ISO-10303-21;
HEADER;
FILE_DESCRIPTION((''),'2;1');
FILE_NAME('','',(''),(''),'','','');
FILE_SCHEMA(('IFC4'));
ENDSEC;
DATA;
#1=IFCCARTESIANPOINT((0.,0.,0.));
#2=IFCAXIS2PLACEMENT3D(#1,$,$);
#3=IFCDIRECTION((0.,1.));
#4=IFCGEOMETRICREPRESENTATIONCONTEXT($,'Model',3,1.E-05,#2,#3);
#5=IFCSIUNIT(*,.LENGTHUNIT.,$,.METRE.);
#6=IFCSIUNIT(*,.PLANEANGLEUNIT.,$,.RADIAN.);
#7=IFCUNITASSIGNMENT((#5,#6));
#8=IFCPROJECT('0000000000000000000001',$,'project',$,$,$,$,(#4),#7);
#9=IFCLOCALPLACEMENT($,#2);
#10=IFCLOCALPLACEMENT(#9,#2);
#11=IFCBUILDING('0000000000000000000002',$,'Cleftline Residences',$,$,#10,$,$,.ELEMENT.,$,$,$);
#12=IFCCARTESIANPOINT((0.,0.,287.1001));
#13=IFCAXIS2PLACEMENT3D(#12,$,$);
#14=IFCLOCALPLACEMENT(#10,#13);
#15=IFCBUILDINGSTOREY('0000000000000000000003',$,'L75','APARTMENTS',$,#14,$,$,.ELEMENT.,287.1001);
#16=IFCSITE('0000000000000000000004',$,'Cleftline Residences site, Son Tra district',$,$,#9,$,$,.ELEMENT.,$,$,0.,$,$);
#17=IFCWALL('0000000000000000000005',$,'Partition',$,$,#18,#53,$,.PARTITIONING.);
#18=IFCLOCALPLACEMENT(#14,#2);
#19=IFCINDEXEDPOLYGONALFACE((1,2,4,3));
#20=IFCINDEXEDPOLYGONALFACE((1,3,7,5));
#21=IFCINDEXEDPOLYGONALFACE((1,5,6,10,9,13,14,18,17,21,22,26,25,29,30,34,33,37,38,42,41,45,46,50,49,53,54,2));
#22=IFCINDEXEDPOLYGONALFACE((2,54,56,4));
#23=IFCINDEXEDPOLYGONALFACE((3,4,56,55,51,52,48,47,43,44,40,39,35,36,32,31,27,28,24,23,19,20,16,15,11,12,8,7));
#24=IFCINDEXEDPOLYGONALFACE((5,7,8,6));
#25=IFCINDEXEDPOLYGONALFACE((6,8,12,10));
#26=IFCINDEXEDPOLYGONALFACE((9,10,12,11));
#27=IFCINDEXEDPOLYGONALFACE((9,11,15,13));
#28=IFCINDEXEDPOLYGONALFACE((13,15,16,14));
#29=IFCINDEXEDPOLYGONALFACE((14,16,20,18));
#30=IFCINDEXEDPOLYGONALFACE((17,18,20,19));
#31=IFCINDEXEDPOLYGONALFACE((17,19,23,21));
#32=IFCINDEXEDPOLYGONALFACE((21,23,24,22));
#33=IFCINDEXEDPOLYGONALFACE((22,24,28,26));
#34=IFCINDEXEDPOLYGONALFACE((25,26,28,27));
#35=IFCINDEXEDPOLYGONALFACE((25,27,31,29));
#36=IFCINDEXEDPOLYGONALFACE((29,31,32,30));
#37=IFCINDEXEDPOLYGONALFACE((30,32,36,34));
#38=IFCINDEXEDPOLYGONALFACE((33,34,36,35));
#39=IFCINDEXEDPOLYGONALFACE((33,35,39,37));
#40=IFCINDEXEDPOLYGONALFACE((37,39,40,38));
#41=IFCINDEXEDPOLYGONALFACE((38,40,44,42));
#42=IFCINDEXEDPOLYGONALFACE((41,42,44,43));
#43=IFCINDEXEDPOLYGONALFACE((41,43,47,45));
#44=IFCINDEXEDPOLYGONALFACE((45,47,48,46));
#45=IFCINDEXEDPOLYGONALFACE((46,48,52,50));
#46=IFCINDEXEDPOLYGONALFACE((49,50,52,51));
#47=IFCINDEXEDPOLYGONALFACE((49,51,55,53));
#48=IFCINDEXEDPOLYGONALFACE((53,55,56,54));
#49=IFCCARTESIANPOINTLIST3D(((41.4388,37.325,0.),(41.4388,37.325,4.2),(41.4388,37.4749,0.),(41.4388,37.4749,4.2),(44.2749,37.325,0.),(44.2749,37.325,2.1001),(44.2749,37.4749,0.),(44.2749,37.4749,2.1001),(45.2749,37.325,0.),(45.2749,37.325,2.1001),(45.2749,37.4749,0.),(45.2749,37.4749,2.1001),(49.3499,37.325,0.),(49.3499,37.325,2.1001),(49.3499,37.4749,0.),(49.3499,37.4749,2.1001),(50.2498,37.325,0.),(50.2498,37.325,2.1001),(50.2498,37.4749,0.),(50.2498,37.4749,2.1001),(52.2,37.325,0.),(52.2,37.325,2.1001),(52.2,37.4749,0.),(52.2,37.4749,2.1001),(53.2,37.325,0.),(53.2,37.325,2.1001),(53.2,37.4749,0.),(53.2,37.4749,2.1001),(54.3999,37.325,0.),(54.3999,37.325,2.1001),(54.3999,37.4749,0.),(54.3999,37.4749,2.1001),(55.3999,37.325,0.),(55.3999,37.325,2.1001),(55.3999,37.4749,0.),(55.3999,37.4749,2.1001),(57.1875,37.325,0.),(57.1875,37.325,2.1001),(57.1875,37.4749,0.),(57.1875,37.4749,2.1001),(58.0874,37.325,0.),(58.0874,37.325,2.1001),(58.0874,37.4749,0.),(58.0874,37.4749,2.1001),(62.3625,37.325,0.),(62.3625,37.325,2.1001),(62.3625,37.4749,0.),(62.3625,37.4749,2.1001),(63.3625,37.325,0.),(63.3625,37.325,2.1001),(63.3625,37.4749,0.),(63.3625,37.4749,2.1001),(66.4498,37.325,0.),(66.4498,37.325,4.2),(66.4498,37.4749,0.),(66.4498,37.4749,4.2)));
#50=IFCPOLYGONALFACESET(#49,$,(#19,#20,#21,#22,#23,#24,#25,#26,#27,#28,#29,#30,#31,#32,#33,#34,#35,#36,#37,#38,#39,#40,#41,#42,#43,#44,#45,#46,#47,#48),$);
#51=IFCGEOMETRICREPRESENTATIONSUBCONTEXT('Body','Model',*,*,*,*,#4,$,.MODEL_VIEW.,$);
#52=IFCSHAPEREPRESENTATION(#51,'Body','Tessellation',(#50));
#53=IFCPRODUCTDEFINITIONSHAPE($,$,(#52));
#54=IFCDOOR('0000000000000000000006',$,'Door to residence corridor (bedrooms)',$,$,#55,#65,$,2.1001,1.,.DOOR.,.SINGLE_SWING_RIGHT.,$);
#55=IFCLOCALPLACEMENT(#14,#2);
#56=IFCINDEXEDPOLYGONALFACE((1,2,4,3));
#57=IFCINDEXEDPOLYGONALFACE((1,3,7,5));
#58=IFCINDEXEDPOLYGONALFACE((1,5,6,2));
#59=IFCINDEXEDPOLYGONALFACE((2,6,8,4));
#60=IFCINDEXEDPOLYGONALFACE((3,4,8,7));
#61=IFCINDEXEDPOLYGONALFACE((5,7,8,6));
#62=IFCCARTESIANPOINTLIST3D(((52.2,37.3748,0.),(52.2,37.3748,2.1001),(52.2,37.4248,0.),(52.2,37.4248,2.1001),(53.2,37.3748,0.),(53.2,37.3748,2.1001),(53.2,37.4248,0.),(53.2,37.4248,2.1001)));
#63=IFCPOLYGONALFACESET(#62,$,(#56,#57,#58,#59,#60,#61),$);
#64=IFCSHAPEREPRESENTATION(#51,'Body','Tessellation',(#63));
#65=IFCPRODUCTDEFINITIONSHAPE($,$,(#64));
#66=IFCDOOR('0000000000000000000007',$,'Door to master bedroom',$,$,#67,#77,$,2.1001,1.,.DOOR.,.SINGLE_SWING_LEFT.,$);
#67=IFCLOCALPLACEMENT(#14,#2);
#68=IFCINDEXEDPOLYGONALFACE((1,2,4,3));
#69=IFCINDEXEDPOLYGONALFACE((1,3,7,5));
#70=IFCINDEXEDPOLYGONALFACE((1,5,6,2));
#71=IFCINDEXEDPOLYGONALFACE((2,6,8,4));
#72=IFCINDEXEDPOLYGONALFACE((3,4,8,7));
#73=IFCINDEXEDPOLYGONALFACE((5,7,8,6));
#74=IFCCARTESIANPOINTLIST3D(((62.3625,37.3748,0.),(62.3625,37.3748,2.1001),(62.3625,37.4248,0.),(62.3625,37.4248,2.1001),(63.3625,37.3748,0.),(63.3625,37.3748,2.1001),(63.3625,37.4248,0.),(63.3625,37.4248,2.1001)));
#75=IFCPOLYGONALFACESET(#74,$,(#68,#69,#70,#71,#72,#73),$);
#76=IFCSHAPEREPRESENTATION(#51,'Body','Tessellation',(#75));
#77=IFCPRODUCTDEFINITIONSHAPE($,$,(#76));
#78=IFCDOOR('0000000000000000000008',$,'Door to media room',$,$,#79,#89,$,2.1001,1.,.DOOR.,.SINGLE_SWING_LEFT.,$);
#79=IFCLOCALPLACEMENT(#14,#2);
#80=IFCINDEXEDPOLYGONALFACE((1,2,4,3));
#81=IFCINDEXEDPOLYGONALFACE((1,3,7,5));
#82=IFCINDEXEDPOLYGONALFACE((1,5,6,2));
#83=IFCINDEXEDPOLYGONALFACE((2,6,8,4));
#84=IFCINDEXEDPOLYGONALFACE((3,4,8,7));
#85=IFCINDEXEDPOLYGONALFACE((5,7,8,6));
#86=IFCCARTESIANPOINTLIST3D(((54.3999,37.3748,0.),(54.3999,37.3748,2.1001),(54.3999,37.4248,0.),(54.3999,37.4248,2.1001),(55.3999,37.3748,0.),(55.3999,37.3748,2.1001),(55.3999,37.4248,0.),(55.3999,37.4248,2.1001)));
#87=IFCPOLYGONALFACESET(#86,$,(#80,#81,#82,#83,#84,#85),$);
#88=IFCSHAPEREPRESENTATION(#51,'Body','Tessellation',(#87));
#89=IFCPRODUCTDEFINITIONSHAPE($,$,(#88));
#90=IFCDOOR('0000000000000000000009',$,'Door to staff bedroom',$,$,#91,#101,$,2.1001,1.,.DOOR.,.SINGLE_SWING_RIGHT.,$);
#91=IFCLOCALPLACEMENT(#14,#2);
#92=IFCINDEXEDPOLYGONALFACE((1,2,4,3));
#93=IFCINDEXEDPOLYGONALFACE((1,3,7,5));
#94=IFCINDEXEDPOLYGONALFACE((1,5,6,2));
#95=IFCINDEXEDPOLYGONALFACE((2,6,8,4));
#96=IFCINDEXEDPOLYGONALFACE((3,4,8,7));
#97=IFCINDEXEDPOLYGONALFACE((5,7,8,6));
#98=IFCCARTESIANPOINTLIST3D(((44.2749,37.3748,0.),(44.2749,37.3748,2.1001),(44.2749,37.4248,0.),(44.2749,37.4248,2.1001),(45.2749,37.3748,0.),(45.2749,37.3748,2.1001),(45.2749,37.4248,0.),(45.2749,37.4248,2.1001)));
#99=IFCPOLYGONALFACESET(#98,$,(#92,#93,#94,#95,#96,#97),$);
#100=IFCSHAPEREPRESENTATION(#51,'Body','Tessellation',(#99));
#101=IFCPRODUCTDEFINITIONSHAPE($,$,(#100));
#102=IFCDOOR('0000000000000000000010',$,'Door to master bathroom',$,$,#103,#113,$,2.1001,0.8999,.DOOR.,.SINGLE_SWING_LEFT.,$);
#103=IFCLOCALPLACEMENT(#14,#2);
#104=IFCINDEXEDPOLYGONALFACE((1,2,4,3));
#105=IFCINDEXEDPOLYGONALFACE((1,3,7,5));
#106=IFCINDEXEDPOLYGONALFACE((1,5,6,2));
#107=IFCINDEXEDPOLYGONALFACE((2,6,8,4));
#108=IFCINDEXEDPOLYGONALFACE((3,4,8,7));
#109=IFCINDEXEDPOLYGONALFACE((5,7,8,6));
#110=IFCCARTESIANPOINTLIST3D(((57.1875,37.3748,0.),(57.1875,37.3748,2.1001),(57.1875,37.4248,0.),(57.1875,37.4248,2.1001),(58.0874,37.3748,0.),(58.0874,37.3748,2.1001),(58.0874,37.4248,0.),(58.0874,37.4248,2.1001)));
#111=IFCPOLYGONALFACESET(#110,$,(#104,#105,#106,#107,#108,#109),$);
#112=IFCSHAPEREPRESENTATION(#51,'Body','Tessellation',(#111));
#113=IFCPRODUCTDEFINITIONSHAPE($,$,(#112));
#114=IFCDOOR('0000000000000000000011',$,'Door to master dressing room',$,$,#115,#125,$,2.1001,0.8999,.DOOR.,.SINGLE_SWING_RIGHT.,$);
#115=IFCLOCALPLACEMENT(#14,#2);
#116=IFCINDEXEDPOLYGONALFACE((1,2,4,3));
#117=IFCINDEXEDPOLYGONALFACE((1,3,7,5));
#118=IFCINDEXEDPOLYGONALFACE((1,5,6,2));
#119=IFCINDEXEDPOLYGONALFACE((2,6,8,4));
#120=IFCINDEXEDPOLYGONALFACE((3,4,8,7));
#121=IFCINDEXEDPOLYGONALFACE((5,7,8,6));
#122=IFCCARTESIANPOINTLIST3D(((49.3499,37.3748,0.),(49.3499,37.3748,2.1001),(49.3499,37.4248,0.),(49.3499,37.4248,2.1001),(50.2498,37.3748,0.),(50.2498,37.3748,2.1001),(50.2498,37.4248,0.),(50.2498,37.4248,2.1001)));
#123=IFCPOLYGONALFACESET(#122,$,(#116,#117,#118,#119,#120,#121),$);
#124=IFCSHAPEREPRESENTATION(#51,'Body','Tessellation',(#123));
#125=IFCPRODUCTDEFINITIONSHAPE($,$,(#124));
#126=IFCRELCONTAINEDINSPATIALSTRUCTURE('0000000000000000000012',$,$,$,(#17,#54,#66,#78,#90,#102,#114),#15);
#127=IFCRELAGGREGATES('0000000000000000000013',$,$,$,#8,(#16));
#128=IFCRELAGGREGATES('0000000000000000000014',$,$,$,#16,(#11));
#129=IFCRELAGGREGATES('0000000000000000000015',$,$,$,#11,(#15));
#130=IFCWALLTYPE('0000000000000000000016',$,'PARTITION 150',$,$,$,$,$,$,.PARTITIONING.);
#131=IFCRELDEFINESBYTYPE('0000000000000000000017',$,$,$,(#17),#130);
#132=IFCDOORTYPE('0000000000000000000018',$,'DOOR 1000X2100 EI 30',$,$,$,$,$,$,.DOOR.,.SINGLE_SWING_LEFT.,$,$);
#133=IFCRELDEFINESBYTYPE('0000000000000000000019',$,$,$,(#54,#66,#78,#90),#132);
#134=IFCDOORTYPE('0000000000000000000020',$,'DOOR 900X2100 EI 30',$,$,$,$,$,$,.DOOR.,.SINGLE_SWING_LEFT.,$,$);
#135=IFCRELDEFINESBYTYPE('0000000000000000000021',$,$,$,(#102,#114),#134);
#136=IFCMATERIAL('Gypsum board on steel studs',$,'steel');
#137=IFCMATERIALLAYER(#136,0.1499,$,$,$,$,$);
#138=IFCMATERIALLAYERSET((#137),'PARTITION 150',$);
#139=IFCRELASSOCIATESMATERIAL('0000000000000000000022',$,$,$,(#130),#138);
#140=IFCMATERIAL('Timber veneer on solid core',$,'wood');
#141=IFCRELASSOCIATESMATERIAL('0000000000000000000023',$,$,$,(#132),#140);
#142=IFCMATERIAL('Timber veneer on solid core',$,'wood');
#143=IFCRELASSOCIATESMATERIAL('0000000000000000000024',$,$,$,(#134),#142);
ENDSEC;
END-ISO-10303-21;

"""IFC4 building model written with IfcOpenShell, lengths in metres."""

from ifc_helpers import new_model, si_unit, direction, frame, frame_2d, origin, place, context, subcontext, project, spatial, rectangle, extrude, material, layer, layer_set, type_object, element, fill, save


model = new_model("IFC4")

# Units and contexts
model_context = context("Model", 3, precision=1e-05, world=origin(), true_north=direction((0.0, 1.0)))
body_context = subcontext(model_context, "Body", "Model", "MODEL_VIEW")
ifc_project = project(units=[si_unit("LENGTHUNIT", "METRE"), si_unit("PLANEANGLEUNIT", "RADIAN")], contexts=[model_context])

# Site, building, storey
site_placement = place(None, origin())
site = spatial("IfcSite", under=ifc_project, at=site_placement, Name="Cleftline Residences site, Son Tra district", CompositionType="ELEMENT", RefElevation=0.0)
building_placement = place(site_placement, origin())
building = spatial("IfcBuilding", under=site, at=building_placement, Name="Cleftline Residences", CompositionType="ELEMENT")
storey_placement = place(building_placement, frame((0.0, 0.0, 287.1001)))
storey = spatial("IfcBuildingStorey", under=building, at=storey_placement, Name="L75", Description="APARTMENTS", CompositionType="ELEMENT", Elevation=287.1001)

# Shared definitions
ifc_material_1 = material(Name="Gypsum board on steel studs", Category="steel")
ifc_layer = layer(ifc_material_1, 0.1499)
ifc_layer_set = layer_set([ifc_layer], Name="PARTITION 150")
wall_type = type_object("IfcWallType", Name="PARTITION 150", PredefinedType="PARTITIONING", material=ifc_layer_set)

# Wall, openings, doors
wall_1_placement = place(storey_placement, frame((41.439, 37.3999, 0.0), z_axis=(0.0, 0.0, 1.0), x_axis=(1.0, 0.0, 0.0)))
wall_1 = element("IfcWall", 1, at=wall_1_placement, inside=storey, type_object=wall_type, Name="Partition", PredefinedType="PARTITIONING", context=body_context, shape_type="SweptSolid", body=[
    extrude(rectangle(XDim=25.011, YDim=0.1499, at=frame_2d((12.5054, 0.0))), origin(), (0.0, 0.0, 1.0), 4.2),
])
opening_1_placement = place(wall_1_placement, frame((10.761, 0.0, 0.0)))
opening_1 = element("IfcOpeningElement", 2, at=opening_1_placement, cuts=wall_1, PredefinedType="OPENING", context=body_context, shape_type="SweptSolid", body=[
    extrude(rectangle(XDim=1.0, YDim=2.1001, at=frame_2d((0.5, 1.05))), frame((0.0, 0.085, 0.0), z_axis=(0.0, -1.0, 0.0), x_axis=(1.0, 0.0, 0.0)), (0.0, 0.0, 1.0), 0.1699),
])
opening_2_placement = place(wall_1_placement, frame((20.9236, 0.0, 0.0)))
opening_2 = element("IfcOpeningElement", 3, at=opening_2_placement, cuts=wall_1, PredefinedType="OPENING", context=body_context, shape_type="SweptSolid", body=[
    extrude(rectangle(XDim=1.0, YDim=2.1001, at=frame_2d((0.5, 1.05))), frame((0.0, 0.085, 0.0), z_axis=(0.0, -1.0, 0.0), x_axis=(1.0, 0.0, 0.0)), (0.0, 0.0, 1.0), 0.1699),
])
opening_3_placement = place(wall_1_placement, frame((15.7485, 0.0, 0.0)))
opening_3 = element("IfcOpeningElement", 4, at=opening_3_placement, cuts=wall_1, PredefinedType="OPENING", context=body_context, shape_type="SweptSolid", body=[
    extrude(rectangle(XDim=0.8999, YDim=2.1001, at=frame_2d((0.45, 1.05))), frame((0.0, 0.085, 0.0), z_axis=(0.0, -1.0, 0.0), x_axis=(1.0, 0.0, 0.0)), (0.0, 0.0, 1.0), 0.1699),
])
opening_4_placement = place(wall_1_placement, frame((12.9609, 0.0, 0.0)))
opening_4 = element("IfcOpeningElement", 5, at=opening_4_placement, cuts=wall_1, PredefinedType="OPENING", context=body_context, shape_type="SweptSolid", body=[
    extrude(rectangle(XDim=1.0, YDim=2.1001, at=frame_2d((0.5, 1.05))), frame((0.0, 0.085, 0.0), z_axis=(0.0, -1.0, 0.0), x_axis=(1.0, 0.0, 0.0)), (0.0, 0.0, 1.0), 0.1699),
])
opening_5_placement = place(wall_1_placement, frame((7.9109, 0.0, 0.0)))
opening_5 = element("IfcOpeningElement", 6, at=opening_5_placement, cuts=wall_1, PredefinedType="OPENING", context=body_context, shape_type="SweptSolid", body=[
    extrude(rectangle(XDim=0.8999, YDim=2.1001, at=frame_2d((0.45, 1.05))), frame((0.0, 0.085, 0.0), z_axis=(0.0, -1.0, 0.0), x_axis=(1.0, 0.0, 0.0)), (0.0, 0.0, 1.0), 0.1699),
])
opening_6_placement = place(wall_1_placement, frame((2.8359, 0.0, 0.0)))
opening_6 = element("IfcOpeningElement", 7, at=opening_6_placement, cuts=wall_1, PredefinedType="OPENING", context=body_context, shape_type="SweptSolid", body=[
    extrude(rectangle(XDim=1.0, YDim=2.1001, at=frame_2d((0.5, 1.05))), frame((0.0, 0.085, 0.0), z_axis=(0.0, -1.0, 0.0), x_axis=(1.0, 0.0, 0.0)), (0.0, 0.0, 1.0), 0.1699),
])
ifc_material_2 = material(Name="Timber veneer on solid core", Category="wood")
door_type_1 = type_object("IfcDoorType", Name="DOOR 1000X2100 EI 30", OperationType="SINGLE_SWING_LEFT", PredefinedType="DOOR", material=ifc_material_2)
door_1_placement = place(opening_1_placement, origin())
door_1 = element("IfcDoor", 8, at=door_1_placement, inside=storey, type_object=door_type_1, Name="Door to residence corridor (bedrooms)", OperationType="SINGLE_SWING_RIGHT", OverallHeight=2.1001, OverallWidth=1.0, PredefinedType="DOOR", context=body_context, shape_type="SweptSolid", body=[
    extrude(rectangle(XDim=1.0, YDim=2.1001, at=frame_2d((0.5, 1.05))), frame((0.0, 0.0249, 0.0), z_axis=(0.0, -1.0, 0.0), x_axis=(1.0, 0.0, 0.0)), (0.0, 0.0, 1.0), 0.05),
])
fill(opening_1, door_1)
door_2_placement = place(opening_2_placement, origin())
door_2 = element("IfcDoor", 9, at=door_2_placement, inside=storey, type_object=door_type_1, Name="Door to master bedroom", OperationType="SINGLE_SWING_LEFT", OverallHeight=2.1001, OverallWidth=1.0, PredefinedType="DOOR", context=body_context, shape_type="SweptSolid", body=[
    extrude(rectangle(XDim=1.0, YDim=2.1001, at=frame_2d((0.5, 1.05))), frame((0.0, 0.0249, 0.0), z_axis=(0.0, -1.0, 0.0), x_axis=(1.0, 0.0, 0.0)), (0.0, 0.0, 1.0), 0.05),
])
fill(opening_2, door_2)
door_3_placement = place(opening_4_placement, origin())
door_3 = element("IfcDoor", 10, at=door_3_placement, inside=storey, type_object=door_type_1, Name="Door to media room", OperationType="SINGLE_SWING_LEFT", OverallHeight=2.1001, OverallWidth=1.0, PredefinedType="DOOR", context=body_context, shape_type="SweptSolid", body=[
    extrude(rectangle(XDim=1.0, YDim=2.1001, at=frame_2d((0.5, 1.05))), frame((0.0, 0.0249, 0.0), z_axis=(0.0, -1.0, 0.0), x_axis=(1.0, 0.0, 0.0)), (0.0, 0.0, 1.0), 0.05),
])
fill(opening_4, door_3)
door_4_placement = place(opening_6_placement, origin())
door_4 = element("IfcDoor", 11, at=door_4_placement, inside=storey, type_object=door_type_1, Name="Door to staff bedroom", OperationType="SINGLE_SWING_RIGHT", OverallHeight=2.1001, OverallWidth=1.0, PredefinedType="DOOR", context=body_context, shape_type="SweptSolid", body=[
    extrude(rectangle(XDim=1.0, YDim=2.1001, at=frame_2d((0.5, 1.05))), frame((0.0, 0.0249, 0.0), z_axis=(0.0, -1.0, 0.0), x_axis=(1.0, 0.0, 0.0)), (0.0, 0.0, 1.0), 0.05),
])
fill(opening_6, door_4)
ifc_material_3 = material(Name="Timber veneer on solid core", Category="wood")
door_type_2 = type_object("IfcDoorType", Name="DOOR 900X2100 EI 30", OperationType="SINGLE_SWING_LEFT", PredefinedType="DOOR", material=ifc_material_3)
door_5_placement = place(opening_3_placement, origin())
door_5 = element("IfcDoor", 12, at=door_5_placement, inside=storey, type_object=door_type_2, Name="Door to master bathroom", OperationType="SINGLE_SWING_LEFT", OverallHeight=2.1001, OverallWidth=0.8999, PredefinedType="DOOR", context=body_context, shape_type="SweptSolid", body=[
    extrude(rectangle(XDim=0.8999, YDim=2.1001, at=frame_2d((0.45, 1.05))), frame((0.0, 0.0249, 0.0), z_axis=(0.0, -1.0, 0.0), x_axis=(1.0, 0.0, 0.0)), (0.0, 0.0, 1.0), 0.05),
])
fill(opening_3, door_5)
door_6_placement = place(opening_5_placement, origin())
door_6 = element("IfcDoor", 13, at=door_6_placement, inside=storey, type_object=door_type_2, Name="Door to master dressing room", OperationType="SINGLE_SWING_RIGHT", OverallHeight=2.1001, OverallWidth=0.8999, PredefinedType="DOOR", context=body_context, shape_type="SweptSolid", body=[
    extrude(rectangle(XDim=0.8999, YDim=2.1001, at=frame_2d((0.45, 1.05))), frame((0.0, 0.0249, 0.0), z_axis=(0.0, -1.0, 0.0), x_axis=(1.0, 0.0, 0.0)), (0.0, 0.0, 1.0), 0.05),
])
fill(opening_5, door_6)

save(model, "model.ifc")
